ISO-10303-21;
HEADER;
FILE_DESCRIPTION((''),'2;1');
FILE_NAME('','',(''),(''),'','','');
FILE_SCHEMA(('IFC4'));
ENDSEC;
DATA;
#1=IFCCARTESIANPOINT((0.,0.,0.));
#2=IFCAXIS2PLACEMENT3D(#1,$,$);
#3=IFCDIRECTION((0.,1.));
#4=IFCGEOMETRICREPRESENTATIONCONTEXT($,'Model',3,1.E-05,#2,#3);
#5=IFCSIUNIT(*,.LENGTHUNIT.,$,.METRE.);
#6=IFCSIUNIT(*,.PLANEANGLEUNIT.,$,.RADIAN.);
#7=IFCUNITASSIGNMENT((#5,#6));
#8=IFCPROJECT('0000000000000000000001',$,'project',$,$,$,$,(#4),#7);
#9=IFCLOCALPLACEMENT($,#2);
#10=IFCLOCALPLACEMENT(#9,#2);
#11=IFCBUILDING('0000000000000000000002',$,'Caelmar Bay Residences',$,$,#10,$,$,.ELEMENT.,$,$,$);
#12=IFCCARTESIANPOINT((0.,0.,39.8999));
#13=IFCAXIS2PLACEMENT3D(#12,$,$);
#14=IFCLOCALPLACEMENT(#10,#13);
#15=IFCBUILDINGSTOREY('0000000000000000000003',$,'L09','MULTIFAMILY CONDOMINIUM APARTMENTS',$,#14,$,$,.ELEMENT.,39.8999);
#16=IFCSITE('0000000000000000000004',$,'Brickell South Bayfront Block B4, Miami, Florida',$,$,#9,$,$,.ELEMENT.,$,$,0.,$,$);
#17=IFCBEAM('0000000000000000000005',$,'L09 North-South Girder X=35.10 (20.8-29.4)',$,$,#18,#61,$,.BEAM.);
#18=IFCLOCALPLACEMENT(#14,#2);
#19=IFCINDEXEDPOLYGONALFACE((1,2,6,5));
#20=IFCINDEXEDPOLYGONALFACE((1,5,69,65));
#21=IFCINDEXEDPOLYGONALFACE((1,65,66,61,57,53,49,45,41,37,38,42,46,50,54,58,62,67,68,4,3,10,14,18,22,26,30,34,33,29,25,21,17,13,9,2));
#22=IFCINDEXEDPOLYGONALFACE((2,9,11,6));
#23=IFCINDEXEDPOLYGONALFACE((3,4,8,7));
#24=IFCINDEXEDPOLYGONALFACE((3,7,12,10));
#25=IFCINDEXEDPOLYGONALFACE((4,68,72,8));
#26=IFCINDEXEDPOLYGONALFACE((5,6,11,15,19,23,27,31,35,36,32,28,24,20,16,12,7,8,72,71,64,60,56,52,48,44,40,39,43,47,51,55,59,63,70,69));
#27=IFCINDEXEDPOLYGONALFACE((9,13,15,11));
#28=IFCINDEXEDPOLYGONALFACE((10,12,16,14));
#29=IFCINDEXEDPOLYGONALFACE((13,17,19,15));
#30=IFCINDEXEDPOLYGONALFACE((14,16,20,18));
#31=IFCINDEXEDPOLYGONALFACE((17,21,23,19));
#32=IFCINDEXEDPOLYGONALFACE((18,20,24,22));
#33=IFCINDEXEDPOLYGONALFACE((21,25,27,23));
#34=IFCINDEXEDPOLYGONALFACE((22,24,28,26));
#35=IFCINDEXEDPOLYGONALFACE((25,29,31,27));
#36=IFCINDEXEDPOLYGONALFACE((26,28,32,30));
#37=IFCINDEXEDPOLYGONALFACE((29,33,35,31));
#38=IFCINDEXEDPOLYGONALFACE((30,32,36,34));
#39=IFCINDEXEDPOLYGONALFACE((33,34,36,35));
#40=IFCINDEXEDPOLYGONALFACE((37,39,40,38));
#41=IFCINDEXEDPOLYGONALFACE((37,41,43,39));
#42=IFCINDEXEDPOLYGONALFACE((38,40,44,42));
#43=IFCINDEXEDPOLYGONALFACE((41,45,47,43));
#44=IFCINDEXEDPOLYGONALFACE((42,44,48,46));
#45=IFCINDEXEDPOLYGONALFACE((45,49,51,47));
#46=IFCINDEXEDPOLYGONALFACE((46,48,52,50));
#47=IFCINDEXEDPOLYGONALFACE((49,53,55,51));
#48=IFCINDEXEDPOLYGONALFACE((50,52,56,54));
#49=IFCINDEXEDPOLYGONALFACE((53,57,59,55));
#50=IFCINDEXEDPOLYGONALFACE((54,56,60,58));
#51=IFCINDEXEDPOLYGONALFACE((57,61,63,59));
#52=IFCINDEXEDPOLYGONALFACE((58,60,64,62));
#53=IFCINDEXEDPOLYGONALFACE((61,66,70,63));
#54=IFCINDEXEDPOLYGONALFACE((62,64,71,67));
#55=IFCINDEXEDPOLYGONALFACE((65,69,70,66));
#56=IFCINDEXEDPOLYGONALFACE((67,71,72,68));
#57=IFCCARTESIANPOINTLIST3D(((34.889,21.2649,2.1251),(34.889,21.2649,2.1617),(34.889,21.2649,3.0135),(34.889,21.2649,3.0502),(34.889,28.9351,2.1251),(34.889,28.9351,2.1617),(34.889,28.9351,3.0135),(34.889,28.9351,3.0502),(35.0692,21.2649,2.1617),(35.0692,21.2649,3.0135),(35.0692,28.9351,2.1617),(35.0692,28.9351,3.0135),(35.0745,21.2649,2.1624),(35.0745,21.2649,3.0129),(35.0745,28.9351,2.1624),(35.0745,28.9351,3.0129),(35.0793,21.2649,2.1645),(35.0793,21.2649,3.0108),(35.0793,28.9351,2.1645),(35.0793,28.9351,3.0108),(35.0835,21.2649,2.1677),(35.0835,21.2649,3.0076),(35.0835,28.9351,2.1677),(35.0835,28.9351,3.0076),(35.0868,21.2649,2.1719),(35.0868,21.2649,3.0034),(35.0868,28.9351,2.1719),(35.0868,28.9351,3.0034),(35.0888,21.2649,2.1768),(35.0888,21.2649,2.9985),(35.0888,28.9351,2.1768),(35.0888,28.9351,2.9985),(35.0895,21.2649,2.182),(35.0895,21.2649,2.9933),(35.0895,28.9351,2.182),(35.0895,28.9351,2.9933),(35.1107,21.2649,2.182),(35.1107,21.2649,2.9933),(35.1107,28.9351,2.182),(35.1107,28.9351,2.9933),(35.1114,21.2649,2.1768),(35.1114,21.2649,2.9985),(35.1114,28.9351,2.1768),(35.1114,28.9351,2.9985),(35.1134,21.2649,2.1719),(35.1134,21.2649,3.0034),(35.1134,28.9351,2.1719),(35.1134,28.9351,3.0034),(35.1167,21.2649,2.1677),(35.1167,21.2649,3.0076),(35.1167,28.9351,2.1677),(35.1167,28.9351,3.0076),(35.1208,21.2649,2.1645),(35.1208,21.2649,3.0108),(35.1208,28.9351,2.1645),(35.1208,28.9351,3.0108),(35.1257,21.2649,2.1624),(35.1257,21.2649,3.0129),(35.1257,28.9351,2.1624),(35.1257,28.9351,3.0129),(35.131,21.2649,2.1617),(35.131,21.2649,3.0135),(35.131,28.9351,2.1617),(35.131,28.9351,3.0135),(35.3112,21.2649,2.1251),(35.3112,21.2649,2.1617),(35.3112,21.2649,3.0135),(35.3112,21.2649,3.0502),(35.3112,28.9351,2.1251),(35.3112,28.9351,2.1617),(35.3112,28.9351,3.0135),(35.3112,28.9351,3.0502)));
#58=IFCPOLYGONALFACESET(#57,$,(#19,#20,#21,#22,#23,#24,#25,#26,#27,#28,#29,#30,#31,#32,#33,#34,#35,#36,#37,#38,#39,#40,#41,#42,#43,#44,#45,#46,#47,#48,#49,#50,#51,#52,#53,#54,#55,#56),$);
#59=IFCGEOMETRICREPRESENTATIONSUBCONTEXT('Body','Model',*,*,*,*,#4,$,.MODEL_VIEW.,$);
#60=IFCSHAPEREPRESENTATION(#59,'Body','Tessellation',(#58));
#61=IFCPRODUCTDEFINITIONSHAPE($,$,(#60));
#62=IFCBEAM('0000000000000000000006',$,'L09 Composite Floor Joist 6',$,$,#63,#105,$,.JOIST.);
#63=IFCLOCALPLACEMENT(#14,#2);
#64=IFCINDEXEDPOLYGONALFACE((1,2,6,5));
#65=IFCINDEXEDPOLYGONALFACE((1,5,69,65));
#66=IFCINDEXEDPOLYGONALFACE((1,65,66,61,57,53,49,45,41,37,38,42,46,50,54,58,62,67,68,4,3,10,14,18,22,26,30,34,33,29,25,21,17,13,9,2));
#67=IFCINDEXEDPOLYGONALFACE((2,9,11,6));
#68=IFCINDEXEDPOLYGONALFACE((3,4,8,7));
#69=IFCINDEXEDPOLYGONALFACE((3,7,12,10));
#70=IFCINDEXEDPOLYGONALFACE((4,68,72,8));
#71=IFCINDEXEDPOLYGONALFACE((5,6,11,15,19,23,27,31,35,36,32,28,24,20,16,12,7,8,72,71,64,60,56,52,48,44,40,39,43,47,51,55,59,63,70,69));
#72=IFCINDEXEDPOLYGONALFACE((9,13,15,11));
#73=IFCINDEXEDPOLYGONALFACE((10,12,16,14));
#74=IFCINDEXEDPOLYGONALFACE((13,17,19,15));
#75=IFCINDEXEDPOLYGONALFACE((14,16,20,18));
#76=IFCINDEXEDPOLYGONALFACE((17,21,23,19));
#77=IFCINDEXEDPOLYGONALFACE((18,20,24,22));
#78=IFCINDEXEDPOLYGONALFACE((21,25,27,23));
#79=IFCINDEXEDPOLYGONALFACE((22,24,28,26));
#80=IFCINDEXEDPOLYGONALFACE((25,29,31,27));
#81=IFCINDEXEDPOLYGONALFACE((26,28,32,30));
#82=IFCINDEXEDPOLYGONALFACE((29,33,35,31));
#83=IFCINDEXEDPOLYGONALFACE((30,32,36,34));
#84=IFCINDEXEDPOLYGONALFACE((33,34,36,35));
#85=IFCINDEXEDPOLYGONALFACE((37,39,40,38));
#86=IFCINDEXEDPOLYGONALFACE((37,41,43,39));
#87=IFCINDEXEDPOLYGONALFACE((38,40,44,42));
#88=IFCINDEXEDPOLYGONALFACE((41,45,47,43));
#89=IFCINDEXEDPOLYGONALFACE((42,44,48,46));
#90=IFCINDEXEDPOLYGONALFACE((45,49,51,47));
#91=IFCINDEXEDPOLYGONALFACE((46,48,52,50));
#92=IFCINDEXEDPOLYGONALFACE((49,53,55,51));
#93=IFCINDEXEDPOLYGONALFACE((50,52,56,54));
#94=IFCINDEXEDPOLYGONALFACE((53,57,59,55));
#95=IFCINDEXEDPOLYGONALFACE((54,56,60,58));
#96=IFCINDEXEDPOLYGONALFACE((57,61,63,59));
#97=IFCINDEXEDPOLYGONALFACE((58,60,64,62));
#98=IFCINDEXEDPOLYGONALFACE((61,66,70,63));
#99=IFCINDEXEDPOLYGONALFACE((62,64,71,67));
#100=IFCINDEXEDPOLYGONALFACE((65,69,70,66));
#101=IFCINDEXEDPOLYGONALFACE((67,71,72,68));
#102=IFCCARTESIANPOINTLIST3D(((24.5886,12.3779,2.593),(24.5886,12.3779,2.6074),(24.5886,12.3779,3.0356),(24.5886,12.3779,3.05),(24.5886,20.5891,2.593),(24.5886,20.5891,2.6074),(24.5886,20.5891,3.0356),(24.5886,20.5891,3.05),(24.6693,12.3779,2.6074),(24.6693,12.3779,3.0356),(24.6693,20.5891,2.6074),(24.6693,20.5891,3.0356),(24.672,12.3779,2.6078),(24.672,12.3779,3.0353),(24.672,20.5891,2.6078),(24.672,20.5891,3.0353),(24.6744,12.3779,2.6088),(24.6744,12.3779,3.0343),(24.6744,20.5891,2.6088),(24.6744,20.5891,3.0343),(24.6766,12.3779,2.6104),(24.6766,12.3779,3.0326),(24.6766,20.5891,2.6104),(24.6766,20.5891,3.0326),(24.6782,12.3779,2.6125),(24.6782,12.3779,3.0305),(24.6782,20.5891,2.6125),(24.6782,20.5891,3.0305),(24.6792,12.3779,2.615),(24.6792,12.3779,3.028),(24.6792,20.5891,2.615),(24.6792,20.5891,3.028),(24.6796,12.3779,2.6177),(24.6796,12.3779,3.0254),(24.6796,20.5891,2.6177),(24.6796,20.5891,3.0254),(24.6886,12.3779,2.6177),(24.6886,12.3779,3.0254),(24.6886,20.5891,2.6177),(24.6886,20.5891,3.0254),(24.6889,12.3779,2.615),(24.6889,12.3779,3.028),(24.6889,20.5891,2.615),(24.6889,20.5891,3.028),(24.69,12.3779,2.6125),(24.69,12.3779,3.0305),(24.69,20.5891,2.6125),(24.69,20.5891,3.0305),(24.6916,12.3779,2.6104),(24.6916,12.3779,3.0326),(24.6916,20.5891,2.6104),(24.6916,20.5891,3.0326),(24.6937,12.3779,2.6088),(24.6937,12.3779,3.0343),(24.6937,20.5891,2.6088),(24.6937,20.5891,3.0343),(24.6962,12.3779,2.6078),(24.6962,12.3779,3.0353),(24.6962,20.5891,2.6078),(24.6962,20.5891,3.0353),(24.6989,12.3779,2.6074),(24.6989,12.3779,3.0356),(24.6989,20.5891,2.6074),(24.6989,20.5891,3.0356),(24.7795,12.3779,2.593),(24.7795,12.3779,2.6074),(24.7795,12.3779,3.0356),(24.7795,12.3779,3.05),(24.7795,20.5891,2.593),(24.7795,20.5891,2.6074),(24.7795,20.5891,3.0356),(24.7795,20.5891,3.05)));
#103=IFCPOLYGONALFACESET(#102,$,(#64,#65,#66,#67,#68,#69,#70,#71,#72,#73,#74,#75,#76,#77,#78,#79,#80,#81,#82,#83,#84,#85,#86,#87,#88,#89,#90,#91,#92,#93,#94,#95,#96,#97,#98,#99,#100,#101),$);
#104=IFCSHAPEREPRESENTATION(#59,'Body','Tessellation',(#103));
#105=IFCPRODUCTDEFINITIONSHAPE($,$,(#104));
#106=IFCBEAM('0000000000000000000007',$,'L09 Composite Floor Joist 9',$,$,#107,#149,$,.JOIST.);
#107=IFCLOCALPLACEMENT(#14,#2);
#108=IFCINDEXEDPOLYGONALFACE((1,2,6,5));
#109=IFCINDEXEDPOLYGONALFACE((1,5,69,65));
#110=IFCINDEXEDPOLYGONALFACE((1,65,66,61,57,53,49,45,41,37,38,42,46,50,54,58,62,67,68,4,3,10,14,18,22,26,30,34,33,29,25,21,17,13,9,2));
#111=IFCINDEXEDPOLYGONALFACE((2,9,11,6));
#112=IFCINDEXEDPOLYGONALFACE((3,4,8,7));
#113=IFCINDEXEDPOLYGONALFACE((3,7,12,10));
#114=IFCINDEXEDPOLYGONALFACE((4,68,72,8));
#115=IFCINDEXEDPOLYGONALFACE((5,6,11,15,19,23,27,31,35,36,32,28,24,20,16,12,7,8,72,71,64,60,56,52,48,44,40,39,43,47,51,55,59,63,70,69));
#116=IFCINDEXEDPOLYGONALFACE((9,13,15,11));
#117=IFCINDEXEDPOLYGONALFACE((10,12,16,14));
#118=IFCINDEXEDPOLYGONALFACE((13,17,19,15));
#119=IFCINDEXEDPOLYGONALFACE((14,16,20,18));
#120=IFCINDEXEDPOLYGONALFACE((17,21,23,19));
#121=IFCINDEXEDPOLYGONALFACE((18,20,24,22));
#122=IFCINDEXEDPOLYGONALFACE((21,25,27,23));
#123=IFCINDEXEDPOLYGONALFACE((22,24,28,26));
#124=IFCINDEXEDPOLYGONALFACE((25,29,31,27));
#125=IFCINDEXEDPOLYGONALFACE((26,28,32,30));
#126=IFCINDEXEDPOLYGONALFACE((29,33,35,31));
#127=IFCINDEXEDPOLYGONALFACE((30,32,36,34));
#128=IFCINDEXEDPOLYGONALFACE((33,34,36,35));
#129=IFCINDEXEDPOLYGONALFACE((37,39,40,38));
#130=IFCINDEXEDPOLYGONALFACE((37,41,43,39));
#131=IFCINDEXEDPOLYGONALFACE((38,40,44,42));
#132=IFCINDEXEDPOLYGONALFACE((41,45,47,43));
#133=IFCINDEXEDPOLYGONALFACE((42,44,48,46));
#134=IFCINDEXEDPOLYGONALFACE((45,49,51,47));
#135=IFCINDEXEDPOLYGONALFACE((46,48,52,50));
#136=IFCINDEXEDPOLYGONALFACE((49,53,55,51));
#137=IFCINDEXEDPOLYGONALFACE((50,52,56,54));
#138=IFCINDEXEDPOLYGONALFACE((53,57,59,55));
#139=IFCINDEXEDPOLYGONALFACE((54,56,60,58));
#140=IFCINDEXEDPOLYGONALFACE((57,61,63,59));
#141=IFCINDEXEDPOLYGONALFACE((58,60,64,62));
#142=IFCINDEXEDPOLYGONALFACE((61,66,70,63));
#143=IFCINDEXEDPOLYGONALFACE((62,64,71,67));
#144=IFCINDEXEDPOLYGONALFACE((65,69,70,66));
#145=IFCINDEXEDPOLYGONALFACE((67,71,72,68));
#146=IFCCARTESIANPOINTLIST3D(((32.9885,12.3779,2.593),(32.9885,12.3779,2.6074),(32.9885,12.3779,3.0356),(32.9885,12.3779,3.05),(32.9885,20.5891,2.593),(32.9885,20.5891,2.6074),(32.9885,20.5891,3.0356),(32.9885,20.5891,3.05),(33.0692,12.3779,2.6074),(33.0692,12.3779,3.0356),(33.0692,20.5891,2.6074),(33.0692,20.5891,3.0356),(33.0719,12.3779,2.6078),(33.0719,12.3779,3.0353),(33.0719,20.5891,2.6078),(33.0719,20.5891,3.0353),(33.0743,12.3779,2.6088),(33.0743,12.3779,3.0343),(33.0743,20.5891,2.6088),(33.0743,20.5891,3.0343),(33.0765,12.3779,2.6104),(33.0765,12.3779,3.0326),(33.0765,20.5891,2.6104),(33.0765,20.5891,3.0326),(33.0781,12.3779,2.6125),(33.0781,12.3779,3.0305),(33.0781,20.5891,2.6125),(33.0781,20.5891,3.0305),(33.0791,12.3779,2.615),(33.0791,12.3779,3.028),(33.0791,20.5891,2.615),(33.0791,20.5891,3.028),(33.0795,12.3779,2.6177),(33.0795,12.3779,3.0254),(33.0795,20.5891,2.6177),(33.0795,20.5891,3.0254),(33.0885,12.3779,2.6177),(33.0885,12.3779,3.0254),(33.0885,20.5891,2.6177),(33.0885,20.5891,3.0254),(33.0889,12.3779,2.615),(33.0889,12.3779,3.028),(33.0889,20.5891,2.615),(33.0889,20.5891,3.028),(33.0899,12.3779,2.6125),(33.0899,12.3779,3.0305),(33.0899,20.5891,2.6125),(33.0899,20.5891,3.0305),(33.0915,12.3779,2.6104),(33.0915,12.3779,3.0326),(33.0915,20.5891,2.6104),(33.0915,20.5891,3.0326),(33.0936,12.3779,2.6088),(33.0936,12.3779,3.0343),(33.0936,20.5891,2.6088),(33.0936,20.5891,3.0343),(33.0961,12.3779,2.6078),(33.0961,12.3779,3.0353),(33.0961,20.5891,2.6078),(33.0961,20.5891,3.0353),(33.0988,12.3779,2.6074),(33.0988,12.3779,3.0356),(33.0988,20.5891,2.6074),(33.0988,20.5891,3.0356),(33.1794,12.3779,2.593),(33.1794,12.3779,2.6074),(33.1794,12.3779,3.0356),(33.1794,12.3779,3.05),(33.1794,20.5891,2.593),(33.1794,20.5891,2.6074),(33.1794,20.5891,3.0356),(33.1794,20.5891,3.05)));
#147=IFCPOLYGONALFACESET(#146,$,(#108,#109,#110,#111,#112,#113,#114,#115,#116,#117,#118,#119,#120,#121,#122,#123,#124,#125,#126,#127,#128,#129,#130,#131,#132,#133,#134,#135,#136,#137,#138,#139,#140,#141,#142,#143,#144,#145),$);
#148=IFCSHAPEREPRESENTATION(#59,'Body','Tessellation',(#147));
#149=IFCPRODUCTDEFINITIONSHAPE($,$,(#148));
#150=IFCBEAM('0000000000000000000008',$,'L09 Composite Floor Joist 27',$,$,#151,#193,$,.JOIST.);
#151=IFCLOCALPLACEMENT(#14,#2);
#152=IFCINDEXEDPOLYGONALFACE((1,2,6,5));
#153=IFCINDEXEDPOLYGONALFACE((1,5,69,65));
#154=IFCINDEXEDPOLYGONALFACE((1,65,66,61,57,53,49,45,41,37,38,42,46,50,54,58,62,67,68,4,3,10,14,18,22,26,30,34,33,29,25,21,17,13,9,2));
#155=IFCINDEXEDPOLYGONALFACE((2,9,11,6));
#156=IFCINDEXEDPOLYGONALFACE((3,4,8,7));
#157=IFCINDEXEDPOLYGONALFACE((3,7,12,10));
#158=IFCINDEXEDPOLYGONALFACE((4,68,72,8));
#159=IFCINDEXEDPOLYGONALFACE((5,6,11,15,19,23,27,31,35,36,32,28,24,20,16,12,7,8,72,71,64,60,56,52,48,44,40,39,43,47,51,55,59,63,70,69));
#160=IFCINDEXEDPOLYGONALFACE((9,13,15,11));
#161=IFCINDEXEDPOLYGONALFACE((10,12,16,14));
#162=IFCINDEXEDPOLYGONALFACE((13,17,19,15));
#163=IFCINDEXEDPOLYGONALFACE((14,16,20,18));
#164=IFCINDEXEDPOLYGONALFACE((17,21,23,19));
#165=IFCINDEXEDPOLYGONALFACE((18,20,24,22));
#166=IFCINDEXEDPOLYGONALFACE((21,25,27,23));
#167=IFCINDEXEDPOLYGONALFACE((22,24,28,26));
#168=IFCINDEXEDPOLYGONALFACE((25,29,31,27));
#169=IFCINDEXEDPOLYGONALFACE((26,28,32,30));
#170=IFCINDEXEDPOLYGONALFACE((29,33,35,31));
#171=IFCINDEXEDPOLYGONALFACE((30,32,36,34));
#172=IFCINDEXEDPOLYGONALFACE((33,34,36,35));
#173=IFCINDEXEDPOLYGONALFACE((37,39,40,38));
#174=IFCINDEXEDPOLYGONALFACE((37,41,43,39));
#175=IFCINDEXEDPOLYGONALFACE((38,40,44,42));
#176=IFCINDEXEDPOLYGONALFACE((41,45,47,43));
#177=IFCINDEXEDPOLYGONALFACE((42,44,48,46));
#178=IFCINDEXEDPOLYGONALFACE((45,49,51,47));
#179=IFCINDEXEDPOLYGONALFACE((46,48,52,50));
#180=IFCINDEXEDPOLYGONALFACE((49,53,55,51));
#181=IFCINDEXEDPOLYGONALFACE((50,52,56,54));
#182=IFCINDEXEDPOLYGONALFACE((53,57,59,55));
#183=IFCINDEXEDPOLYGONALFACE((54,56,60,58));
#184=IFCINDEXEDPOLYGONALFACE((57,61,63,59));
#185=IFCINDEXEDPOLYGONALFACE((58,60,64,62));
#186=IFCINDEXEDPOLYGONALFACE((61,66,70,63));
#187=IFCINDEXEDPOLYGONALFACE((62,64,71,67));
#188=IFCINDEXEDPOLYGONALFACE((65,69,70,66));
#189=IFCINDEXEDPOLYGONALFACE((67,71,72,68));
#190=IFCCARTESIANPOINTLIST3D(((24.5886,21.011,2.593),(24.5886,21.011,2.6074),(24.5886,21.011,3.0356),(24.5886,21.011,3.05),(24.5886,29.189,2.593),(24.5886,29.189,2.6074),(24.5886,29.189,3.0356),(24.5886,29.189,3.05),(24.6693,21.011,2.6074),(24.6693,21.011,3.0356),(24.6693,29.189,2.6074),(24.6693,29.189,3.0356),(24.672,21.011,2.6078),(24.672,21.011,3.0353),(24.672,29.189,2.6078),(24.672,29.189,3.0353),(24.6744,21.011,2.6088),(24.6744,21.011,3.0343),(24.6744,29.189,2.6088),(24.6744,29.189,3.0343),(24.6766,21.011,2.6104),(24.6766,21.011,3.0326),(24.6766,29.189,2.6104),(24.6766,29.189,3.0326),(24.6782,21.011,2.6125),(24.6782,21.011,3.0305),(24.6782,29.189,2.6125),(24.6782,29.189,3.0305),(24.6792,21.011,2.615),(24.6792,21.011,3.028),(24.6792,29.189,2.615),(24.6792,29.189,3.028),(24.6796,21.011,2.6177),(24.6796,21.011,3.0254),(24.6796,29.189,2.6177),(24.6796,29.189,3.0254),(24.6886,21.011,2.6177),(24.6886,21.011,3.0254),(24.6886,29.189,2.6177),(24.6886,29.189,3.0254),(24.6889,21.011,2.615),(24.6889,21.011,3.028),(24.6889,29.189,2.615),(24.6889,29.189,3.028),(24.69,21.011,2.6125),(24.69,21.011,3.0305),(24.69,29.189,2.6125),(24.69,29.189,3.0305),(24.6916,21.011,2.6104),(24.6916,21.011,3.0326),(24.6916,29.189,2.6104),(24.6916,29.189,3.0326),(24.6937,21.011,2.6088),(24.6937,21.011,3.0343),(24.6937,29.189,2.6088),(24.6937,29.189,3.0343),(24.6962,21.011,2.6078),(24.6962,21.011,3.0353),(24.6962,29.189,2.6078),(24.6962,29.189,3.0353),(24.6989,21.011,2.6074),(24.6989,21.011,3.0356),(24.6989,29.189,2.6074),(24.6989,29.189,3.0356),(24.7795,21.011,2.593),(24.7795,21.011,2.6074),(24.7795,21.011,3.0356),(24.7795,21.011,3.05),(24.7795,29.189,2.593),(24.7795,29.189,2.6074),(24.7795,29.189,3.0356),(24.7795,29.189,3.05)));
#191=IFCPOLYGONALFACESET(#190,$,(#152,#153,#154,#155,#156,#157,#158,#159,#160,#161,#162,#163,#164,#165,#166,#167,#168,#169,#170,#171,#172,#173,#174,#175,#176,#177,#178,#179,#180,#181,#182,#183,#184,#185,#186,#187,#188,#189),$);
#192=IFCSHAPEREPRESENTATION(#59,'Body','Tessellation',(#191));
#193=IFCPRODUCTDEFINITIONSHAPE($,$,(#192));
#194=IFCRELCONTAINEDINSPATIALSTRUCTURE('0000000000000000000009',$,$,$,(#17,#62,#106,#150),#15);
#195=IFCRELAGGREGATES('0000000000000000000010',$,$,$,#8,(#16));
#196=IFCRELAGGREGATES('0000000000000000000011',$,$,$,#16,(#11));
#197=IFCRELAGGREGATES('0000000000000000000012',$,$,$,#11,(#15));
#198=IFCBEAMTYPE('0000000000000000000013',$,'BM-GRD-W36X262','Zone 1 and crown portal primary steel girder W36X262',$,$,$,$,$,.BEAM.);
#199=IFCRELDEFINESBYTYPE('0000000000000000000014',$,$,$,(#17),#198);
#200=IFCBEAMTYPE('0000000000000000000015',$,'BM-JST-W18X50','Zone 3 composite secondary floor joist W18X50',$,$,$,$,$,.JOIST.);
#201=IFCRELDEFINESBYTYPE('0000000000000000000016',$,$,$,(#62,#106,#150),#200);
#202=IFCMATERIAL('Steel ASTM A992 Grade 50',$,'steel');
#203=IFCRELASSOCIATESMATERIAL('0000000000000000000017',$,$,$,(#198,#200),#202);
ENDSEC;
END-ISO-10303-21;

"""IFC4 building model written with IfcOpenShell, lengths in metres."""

from ifc_helpers import new_model, si_unit, direction, frame, origin, origin_2d, place, context, subcontext, project, spatial, i_section, extrude, material, material_profile, profile_set, type_object, element, save


model = new_model("IFC4")

# Units and contexts
model_context = context("Model", 3, precision=1e-05, world=origin(), true_north=direction((0.0, 1.0)))
body_context = subcontext(model_context, "Body", "Model", "MODEL_VIEW")
ifc_project = project(units=[si_unit("LENGTHUNIT", "METRE"), si_unit("PLANEANGLEUNIT", "RADIAN")], contexts=[model_context])

# Site, building, storey
site_placement = place(None, origin())
site = spatial("IfcSite", under=ifc_project, at=site_placement, Name="Brickell South Bayfront Block B4, Miami, Florida", CompositionType="ELEMENT", RefElevation=0.0)
building_placement = place(site_placement, origin())
building = spatial("IfcBuilding", under=site, at=building_placement, Name="Caelmar Bay Residences", CompositionType="ELEMENT")
storey_placement = place(building_placement, frame((0.0, 0.0, 39.8999)))
storey = spatial("IfcBuildingStorey", under=building, at=storey_placement, Name="L09", Description="MULTIFAMILY CONDOMINIUM APARTMENTS", CompositionType="ELEMENT", Elevation=39.8999)

# Beams
ifc_material_1 = material(Name="Steel ASTM A992 Grade 50", Category="steel")
ifc_material_profile_1 = material_profile(ifc_material_1, i_section(OverallWidth=0.4221, OverallDepth=0.925, WebThickness=0.0212, FlangeThickness=0.0366, FilletRadius=0.0203, at=origin_2d()), Name="W36X262")
ifc_profile_set_1 = profile_set([ifc_material_profile_1], Name="Steel ASTM A992 Grade 50")
beam_type_1 = type_object("IfcBeamType", Name="BM-GRD-W36X262", Description="Zone 1 and crown portal primary steel girder W36X262", PredefinedType="BEAM", material=ifc_profile_set_1)
beam_1_placement = place(storey_placement, frame((35.1001, 21.2649, 2.5876), z_axis=(0.0, 1.0, 0.0), x_axis=(-1.0, 0.0, 0.0)))
element("IfcBeam", 1, at=beam_1_placement, inside=storey, type_object=beam_type_1, Name="L09 North-South Girder X=35.10 (20.8-29.4)", PredefinedType="BEAM", context=body_context, shape_type="SweptSolid", body=[
    extrude(i_section(OverallWidth=0.4221, OverallDepth=0.925, WebThickness=0.0212, FlangeThickness=0.0366, FilletRadius=0.0203, at=origin_2d()), origin(), (0.0, 0.0, 1.0), 7.6702),
])
ifc_material_profile_2 = material_profile(ifc_material_1, i_section(OverallWidth=0.1909, OverallDepth=0.457, WebThickness=0.009, FlangeThickness=0.0144, FilletRadius=0.0103, at=origin_2d()), Name="W18X50")
ifc_profile_set_2 = profile_set([ifc_material_profile_2], Name="Steel ASTM A992 Grade 50")
beam_type_2 = type_object("IfcBeamType", Name="BM-JST-W18X50", Description="Zone 3 composite secondary floor joist W18X50", PredefinedType="JOIST", material=ifc_profile_set_2)
for number, where, z_axis, x_axis, name in (
    (2, (24.6841, 12.3779, 2.8215), (0.0, 1.0, 0.0), (-1.0, 0.0, 0.0), "L09 Composite Floor Joist 6"),
    (3, (33.084, 12.3779, 2.8215), (0.0, 1.0, 0.0), (-1.0, 0.0, 0.0), "L09 Composite Floor Joist 9"),
):
    element("IfcBeam", number, at=place(storey_placement, frame(where, z_axis=z_axis, x_axis=x_axis)), inside=storey, type_object=beam_type_2, Name=name, PredefinedType="JOIST", context=body_context, shape_type="SweptSolid", body=[
        extrude(i_section(OverallWidth=0.1909, OverallDepth=0.457, WebThickness=0.009, FlangeThickness=0.0144, FilletRadius=0.0103, at=origin_2d()), origin(), (0.0, 0.0, 1.0), 8.2112),
    ])
for number, where, z_axis, x_axis, name in (
    (4, (24.6841, 21.011, 2.8215), (0.0, 1.0, 0.0), (-1.0, 0.0, 0.0), "L09 Composite Floor Joist 27"),
):
    element("IfcBeam", number, at=place(storey_placement, frame(where, z_axis=z_axis, x_axis=x_axis)), inside=storey, type_object=beam_type_2, Name=name, PredefinedType="JOIST", context=body_context, shape_type="SweptSolid", body=[
        extrude(i_section(OverallWidth=0.1909, OverallDepth=0.457, WebThickness=0.009, FlangeThickness=0.0144, FilletRadius=0.0103, at=origin_2d()), origin(), (0.0, 0.0, 1.0), 8.178),
    ])

save(model, "model.ifc")
